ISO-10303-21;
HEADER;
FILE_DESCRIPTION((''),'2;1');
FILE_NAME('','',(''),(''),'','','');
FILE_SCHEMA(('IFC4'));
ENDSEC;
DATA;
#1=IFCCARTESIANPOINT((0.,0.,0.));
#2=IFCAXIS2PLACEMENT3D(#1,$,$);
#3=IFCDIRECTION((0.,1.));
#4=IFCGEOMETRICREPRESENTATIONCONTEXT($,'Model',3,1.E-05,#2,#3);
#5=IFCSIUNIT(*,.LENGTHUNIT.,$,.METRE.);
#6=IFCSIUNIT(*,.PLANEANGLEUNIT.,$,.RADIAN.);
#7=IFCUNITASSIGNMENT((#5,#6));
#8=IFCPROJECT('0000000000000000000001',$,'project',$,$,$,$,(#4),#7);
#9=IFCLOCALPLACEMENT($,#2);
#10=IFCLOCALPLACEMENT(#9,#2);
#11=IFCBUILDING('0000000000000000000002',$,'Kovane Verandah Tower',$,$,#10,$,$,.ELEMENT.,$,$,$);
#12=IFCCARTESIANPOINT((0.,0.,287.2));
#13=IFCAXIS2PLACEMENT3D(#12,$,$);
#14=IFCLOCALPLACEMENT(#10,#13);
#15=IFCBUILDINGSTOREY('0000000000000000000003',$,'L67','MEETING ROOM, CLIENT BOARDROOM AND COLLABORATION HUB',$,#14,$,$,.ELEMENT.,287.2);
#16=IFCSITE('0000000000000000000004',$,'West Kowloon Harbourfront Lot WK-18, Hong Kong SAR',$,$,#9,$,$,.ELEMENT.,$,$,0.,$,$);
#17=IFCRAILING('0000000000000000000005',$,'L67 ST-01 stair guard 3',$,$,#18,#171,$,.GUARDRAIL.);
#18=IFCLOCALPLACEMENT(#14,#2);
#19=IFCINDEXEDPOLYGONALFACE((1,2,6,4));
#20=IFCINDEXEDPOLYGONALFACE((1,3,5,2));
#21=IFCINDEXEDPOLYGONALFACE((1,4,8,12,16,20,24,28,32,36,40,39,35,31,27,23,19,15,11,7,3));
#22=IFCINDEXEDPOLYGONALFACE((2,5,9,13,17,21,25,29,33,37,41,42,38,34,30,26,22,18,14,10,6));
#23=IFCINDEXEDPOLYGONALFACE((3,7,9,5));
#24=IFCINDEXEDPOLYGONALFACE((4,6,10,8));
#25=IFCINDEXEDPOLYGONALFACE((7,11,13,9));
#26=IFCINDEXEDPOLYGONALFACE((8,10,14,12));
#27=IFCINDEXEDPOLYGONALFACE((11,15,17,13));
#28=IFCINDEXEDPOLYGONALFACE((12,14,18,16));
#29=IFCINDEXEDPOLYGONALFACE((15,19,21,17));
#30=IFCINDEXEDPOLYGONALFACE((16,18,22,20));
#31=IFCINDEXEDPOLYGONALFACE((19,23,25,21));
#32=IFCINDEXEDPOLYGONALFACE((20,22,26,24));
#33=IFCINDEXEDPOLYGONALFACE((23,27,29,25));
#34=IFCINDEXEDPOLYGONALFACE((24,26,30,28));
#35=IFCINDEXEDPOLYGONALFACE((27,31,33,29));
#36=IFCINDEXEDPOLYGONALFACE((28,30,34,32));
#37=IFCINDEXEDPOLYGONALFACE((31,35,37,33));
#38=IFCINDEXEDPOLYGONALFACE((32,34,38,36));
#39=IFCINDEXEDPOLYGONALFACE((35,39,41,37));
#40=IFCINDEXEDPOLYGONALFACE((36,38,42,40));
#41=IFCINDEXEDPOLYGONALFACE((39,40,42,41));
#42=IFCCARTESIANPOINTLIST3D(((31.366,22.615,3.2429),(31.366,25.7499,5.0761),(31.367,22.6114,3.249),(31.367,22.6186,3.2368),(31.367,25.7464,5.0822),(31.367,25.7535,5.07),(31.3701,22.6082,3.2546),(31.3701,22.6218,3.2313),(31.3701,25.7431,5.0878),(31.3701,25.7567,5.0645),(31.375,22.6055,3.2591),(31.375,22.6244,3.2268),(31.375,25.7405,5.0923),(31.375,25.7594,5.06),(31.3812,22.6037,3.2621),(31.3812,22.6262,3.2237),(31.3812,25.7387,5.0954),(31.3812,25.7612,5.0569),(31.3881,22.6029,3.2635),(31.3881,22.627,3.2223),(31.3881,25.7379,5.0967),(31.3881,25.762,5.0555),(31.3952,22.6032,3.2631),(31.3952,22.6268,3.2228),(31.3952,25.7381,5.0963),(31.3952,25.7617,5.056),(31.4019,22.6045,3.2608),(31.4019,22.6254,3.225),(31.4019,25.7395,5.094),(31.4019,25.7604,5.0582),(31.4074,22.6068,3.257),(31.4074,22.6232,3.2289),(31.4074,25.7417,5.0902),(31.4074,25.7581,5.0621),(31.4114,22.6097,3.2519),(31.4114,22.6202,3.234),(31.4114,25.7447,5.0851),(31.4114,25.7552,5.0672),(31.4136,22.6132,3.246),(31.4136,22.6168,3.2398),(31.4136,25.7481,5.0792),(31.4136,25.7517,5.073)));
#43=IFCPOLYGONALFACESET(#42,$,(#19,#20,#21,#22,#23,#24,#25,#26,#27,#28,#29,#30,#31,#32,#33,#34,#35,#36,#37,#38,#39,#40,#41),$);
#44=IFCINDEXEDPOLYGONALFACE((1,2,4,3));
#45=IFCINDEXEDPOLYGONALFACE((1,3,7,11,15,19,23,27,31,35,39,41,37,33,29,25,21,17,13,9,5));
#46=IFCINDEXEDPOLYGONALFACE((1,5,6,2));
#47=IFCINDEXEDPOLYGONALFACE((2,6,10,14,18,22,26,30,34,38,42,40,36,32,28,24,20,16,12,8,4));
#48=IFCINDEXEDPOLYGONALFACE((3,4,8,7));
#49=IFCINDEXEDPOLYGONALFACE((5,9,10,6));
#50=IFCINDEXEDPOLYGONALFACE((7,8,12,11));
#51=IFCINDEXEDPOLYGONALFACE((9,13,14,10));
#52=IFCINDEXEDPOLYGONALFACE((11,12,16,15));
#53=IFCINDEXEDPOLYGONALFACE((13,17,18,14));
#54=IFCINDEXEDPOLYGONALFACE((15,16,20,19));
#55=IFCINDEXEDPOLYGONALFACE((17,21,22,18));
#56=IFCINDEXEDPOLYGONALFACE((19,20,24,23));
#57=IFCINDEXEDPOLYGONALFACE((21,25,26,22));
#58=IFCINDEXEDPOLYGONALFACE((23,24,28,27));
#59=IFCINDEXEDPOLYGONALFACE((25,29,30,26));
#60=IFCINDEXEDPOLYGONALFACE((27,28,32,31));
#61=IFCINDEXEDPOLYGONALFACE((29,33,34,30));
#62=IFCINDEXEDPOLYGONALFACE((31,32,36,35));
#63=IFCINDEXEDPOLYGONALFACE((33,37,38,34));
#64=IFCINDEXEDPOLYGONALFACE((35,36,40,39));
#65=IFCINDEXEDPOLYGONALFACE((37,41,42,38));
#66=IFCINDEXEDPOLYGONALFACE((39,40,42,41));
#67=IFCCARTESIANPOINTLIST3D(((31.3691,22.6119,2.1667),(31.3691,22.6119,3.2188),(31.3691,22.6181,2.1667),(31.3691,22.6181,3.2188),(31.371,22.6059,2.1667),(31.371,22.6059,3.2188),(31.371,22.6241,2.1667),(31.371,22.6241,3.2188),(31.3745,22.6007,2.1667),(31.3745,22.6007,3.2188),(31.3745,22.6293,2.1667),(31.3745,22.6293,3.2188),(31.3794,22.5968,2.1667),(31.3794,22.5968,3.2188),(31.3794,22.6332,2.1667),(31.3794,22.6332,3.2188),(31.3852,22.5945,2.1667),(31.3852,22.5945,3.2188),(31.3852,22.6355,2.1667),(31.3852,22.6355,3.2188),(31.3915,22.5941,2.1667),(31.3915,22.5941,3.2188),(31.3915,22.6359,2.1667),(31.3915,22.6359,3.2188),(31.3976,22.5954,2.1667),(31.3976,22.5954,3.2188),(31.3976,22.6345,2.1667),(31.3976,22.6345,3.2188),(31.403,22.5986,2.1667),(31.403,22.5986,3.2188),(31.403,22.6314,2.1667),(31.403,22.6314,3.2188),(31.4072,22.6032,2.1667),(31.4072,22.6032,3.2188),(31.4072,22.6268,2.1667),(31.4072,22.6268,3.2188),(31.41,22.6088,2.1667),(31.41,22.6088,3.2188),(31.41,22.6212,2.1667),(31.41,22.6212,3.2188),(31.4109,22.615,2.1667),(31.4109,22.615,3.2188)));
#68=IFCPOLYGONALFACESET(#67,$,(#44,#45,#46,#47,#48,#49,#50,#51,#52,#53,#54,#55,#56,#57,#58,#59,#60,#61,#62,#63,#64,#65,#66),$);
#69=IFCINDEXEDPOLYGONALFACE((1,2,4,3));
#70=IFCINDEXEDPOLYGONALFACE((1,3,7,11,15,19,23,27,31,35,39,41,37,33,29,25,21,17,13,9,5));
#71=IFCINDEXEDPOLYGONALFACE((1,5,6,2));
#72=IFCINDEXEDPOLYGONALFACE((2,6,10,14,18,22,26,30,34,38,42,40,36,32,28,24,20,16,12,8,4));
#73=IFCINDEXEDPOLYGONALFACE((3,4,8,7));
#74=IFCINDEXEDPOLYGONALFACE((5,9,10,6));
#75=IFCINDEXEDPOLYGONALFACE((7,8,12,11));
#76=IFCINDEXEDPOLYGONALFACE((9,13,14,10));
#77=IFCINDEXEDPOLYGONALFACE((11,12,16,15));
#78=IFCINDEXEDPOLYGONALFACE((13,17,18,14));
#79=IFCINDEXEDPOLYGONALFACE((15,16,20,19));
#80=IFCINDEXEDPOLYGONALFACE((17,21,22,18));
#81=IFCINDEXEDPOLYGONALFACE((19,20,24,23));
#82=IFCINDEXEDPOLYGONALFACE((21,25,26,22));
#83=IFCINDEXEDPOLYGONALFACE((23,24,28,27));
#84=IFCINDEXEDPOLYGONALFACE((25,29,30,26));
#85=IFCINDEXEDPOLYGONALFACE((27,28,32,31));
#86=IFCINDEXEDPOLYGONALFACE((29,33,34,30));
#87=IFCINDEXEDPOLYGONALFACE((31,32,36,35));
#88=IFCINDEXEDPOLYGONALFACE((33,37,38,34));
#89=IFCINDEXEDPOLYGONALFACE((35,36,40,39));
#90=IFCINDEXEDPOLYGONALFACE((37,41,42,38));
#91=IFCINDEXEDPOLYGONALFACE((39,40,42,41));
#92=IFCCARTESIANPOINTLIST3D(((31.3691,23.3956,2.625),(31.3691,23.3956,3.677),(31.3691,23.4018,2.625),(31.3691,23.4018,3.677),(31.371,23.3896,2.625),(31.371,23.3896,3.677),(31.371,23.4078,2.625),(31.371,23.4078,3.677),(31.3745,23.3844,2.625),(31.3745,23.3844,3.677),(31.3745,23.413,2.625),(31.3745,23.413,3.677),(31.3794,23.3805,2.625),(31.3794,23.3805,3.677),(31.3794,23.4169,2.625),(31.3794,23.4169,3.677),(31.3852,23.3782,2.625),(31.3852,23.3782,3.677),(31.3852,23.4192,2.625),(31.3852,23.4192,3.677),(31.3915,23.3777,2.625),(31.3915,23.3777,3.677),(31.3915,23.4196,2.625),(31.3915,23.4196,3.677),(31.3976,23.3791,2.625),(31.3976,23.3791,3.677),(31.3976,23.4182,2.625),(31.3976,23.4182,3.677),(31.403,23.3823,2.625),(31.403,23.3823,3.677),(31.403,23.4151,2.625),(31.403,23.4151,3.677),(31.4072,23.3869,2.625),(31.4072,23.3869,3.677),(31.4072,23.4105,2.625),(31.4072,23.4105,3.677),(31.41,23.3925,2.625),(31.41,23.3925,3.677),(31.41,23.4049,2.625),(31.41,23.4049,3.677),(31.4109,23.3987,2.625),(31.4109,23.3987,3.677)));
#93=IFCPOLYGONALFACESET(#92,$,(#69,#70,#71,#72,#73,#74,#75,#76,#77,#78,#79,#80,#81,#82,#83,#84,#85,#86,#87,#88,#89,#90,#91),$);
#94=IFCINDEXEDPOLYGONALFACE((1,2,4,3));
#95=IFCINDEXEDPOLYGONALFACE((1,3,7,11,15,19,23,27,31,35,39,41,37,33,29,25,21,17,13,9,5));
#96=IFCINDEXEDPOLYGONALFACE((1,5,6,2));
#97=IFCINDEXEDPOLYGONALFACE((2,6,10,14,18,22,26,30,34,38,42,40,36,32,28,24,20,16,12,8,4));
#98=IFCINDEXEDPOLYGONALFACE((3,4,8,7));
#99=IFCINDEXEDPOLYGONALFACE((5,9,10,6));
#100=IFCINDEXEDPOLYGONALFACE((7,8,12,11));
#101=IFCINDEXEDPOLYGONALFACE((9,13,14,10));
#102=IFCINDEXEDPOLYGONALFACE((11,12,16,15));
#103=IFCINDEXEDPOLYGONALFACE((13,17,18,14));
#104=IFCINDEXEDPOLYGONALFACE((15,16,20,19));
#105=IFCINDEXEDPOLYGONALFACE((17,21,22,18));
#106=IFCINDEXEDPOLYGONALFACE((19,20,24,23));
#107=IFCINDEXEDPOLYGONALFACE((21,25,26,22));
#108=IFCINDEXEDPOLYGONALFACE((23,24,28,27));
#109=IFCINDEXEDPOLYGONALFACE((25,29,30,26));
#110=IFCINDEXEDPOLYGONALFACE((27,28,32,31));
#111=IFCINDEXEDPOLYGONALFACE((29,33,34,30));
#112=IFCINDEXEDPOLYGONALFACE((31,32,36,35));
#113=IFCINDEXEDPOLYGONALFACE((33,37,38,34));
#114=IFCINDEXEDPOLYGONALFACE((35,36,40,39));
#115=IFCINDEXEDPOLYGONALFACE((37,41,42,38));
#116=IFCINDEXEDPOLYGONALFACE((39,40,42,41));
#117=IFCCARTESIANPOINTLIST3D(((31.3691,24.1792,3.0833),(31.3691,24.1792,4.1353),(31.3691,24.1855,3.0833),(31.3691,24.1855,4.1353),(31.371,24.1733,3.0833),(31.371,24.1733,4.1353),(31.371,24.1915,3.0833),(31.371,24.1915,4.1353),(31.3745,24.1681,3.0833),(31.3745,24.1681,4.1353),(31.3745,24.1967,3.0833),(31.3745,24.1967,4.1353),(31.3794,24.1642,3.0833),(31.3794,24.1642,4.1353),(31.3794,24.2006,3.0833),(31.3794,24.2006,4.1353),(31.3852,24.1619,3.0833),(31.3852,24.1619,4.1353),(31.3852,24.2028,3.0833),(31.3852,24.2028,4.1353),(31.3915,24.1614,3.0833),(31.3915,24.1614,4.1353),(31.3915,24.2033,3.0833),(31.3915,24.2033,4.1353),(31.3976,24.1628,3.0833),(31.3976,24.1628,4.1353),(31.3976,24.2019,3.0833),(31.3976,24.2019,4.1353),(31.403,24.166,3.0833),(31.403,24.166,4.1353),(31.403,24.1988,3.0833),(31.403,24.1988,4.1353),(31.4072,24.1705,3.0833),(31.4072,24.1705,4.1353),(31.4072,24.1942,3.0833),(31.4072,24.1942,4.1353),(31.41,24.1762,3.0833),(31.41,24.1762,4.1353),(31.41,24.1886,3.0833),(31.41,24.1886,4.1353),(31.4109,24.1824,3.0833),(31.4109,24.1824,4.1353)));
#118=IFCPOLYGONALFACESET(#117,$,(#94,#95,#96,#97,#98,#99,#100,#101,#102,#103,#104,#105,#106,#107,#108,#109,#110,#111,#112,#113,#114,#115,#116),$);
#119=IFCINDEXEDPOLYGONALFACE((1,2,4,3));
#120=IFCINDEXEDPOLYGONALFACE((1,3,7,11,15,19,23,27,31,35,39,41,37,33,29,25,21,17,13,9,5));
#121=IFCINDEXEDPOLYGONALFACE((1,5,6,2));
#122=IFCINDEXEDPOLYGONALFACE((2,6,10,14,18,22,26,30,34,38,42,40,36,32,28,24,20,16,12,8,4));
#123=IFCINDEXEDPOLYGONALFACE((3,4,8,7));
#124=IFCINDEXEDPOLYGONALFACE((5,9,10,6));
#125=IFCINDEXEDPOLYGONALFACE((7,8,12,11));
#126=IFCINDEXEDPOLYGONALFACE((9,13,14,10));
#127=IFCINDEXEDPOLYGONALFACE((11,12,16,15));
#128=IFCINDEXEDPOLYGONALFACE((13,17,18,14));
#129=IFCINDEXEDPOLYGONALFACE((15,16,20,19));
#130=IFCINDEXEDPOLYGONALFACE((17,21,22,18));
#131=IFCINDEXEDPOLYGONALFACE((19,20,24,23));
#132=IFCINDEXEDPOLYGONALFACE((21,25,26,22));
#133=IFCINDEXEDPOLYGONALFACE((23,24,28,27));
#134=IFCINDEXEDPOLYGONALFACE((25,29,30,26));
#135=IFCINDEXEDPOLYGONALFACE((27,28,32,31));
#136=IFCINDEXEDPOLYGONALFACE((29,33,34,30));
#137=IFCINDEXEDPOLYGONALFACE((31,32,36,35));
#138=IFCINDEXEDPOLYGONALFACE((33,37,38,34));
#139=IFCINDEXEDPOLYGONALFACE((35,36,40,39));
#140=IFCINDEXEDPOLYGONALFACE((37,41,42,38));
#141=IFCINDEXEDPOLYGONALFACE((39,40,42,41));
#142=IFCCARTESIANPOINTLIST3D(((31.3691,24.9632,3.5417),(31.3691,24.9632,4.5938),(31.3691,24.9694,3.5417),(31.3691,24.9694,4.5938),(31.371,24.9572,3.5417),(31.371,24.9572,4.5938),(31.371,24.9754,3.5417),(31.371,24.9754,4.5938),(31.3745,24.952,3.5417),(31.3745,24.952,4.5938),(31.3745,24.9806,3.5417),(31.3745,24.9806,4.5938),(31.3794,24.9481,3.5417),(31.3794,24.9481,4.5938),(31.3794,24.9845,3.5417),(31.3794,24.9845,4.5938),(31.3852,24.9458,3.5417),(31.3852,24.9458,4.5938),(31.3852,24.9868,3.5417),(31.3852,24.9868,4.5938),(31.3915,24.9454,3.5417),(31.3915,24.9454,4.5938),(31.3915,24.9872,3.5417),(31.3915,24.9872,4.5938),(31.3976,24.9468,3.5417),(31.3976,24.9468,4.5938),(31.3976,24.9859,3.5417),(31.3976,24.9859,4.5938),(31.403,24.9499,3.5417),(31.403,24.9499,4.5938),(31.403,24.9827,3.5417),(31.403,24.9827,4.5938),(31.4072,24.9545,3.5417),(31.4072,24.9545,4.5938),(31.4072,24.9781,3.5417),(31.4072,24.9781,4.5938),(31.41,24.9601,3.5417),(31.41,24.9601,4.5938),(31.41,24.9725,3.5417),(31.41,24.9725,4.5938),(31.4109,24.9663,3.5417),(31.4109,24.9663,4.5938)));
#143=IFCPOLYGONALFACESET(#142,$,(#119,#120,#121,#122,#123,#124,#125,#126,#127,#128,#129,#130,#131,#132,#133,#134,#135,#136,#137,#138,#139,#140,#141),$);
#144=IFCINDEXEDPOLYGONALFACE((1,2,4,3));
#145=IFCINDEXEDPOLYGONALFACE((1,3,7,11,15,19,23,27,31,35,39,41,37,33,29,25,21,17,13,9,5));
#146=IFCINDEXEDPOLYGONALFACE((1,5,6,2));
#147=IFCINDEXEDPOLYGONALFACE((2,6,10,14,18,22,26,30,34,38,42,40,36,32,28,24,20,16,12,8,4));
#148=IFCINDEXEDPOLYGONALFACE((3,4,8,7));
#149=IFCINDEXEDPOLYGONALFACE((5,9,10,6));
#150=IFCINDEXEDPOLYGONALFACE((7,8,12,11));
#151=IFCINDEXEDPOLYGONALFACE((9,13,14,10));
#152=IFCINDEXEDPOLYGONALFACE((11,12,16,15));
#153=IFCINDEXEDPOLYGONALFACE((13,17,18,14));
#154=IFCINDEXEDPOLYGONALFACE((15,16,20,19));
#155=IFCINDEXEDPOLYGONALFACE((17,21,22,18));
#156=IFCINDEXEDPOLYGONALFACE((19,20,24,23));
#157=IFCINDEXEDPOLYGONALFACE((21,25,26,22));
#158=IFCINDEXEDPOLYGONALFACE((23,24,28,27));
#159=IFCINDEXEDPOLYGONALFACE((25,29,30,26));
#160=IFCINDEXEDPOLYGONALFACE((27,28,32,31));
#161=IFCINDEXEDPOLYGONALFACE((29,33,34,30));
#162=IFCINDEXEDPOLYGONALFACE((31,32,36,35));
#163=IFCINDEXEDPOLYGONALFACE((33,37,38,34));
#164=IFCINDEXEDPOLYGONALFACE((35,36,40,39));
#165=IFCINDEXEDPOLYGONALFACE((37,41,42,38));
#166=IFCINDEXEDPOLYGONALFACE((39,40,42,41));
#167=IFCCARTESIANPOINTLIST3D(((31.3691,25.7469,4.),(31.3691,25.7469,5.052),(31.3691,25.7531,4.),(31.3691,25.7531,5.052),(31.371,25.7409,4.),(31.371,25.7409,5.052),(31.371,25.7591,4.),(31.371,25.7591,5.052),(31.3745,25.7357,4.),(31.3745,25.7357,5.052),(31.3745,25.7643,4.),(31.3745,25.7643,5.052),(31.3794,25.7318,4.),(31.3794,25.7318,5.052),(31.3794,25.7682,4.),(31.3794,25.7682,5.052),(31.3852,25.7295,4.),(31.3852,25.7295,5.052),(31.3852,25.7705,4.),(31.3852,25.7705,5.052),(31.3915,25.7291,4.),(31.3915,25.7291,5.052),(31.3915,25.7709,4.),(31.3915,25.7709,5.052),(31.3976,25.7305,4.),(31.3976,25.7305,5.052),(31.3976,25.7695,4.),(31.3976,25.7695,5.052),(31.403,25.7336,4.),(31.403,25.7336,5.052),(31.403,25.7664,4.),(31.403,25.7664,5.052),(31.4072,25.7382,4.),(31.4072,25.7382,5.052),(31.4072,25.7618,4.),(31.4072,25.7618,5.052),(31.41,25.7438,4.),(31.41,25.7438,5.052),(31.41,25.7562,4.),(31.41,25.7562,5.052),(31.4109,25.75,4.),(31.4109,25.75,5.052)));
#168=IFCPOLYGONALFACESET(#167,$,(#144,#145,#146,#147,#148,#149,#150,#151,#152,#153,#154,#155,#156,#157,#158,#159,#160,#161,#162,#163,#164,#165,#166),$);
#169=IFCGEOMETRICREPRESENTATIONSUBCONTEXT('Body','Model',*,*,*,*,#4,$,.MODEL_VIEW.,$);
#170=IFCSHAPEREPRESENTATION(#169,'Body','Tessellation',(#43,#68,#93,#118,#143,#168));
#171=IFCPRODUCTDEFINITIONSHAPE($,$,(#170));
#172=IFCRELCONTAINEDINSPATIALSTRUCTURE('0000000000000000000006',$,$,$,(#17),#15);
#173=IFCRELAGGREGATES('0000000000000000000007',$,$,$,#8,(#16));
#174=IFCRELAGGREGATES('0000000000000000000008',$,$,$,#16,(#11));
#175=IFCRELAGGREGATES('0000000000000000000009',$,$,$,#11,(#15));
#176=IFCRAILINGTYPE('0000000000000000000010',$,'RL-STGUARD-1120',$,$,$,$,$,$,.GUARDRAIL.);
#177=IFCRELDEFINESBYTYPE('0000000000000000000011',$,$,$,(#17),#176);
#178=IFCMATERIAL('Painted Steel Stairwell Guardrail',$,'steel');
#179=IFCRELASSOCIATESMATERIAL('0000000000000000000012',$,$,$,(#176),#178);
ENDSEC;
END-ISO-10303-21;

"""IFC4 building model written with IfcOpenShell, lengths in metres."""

from ifc_helpers import new_model, si_unit, direction, frame, origin, origin_2d, place, context, subcontext, project, spatial, circle, extrude, material, type_object, element, save


model = new_model("IFC4")

# Units and contexts
model_context = context("Model", 3, precision=1e-05, world=origin(), true_north=direction((0.0, 1.0)))
body_context = subcontext(model_context, "Body", "Model", "MODEL_VIEW")
ifc_project = project(units=[si_unit("LENGTHUNIT", "METRE"), si_unit("PLANEANGLEUNIT", "RADIAN")], contexts=[model_context])

# Site, building, storey
site_placement = place(None, origin())
site = spatial("IfcSite", under=ifc_project, at=site_placement, Name="West Kowloon Harbourfront Lot WK-18, Hong Kong SAR", CompositionType="ELEMENT", RefElevation=0.0)
building_placement = place(site_placement, origin())
building = spatial("IfcBuilding", under=site, at=building_placement, Name="Kovane Verandah Tower", CompositionType="ELEMENT")
storey_placement = place(building_placement, frame((0.0, 0.0, 287.2)))
storey = spatial("IfcBuildingStorey", under=building, at=storey_placement, Name="L67", Description="MEETING ROOM, CLIENT BOARDROOM AND COLLABORATION HUB", CompositionType="ELEMENT", Elevation=287.2)

# Railing
ifc_material_1 = material(Name="Painted Steel Stairwell Guardrail", Category="steel")
railing_type_1 = type_object("IfcRailingType", Name="RL-STGUARD-1120", PredefinedType="GUARDRAIL", material=ifc_material_1)
railing_1_placement = place(storey_placement, frame((31.3899, 22.615, 2.1667)))
element("IfcRailing", 1, at=railing_1_placement, inside=storey, type_object=railing_type_1, Name="L67 ST-01 stair guard 3", PredefinedType="GUARDRAIL", context=body_context, shape_type="SweptSolid", body=[
    extrude(circle(Radius=0.0239, at=origin_2d()), frame((0.0, 0.0, 1.0762), z_axis=(0.0, 0.86324, 0.504794), x_axis=(-1.0, 0.0, 0.0)), (0.0, 0.0, 1.0), 3.6316),
    extrude(circle(Radius=0.021, at=origin_2d()), origin(), (0.0, 0.0, 1.0), 1.052),
    extrude(circle(Radius=0.021, at=origin_2d()), frame((0.0, 0.7837, 0.4583)), (0.0, 0.0, 1.0), 1.052),
    extrude(circle(Radius=0.021, at=origin_2d()), frame((0.0, 1.5674, 0.9165)), (0.0, 0.0, 1.0), 1.052),
    extrude(circle(Radius=0.021, at=origin_2d()), frame((0.0, 2.3513, 1.375)), (0.0, 0.0, 1.0), 1.052),
    extrude(circle(Radius=0.021, at=origin_2d()), frame((0.0, 3.135, 1.8333)), (0.0, 0.0, 1.0), 1.052),
])

save(model, "model.ifc")
